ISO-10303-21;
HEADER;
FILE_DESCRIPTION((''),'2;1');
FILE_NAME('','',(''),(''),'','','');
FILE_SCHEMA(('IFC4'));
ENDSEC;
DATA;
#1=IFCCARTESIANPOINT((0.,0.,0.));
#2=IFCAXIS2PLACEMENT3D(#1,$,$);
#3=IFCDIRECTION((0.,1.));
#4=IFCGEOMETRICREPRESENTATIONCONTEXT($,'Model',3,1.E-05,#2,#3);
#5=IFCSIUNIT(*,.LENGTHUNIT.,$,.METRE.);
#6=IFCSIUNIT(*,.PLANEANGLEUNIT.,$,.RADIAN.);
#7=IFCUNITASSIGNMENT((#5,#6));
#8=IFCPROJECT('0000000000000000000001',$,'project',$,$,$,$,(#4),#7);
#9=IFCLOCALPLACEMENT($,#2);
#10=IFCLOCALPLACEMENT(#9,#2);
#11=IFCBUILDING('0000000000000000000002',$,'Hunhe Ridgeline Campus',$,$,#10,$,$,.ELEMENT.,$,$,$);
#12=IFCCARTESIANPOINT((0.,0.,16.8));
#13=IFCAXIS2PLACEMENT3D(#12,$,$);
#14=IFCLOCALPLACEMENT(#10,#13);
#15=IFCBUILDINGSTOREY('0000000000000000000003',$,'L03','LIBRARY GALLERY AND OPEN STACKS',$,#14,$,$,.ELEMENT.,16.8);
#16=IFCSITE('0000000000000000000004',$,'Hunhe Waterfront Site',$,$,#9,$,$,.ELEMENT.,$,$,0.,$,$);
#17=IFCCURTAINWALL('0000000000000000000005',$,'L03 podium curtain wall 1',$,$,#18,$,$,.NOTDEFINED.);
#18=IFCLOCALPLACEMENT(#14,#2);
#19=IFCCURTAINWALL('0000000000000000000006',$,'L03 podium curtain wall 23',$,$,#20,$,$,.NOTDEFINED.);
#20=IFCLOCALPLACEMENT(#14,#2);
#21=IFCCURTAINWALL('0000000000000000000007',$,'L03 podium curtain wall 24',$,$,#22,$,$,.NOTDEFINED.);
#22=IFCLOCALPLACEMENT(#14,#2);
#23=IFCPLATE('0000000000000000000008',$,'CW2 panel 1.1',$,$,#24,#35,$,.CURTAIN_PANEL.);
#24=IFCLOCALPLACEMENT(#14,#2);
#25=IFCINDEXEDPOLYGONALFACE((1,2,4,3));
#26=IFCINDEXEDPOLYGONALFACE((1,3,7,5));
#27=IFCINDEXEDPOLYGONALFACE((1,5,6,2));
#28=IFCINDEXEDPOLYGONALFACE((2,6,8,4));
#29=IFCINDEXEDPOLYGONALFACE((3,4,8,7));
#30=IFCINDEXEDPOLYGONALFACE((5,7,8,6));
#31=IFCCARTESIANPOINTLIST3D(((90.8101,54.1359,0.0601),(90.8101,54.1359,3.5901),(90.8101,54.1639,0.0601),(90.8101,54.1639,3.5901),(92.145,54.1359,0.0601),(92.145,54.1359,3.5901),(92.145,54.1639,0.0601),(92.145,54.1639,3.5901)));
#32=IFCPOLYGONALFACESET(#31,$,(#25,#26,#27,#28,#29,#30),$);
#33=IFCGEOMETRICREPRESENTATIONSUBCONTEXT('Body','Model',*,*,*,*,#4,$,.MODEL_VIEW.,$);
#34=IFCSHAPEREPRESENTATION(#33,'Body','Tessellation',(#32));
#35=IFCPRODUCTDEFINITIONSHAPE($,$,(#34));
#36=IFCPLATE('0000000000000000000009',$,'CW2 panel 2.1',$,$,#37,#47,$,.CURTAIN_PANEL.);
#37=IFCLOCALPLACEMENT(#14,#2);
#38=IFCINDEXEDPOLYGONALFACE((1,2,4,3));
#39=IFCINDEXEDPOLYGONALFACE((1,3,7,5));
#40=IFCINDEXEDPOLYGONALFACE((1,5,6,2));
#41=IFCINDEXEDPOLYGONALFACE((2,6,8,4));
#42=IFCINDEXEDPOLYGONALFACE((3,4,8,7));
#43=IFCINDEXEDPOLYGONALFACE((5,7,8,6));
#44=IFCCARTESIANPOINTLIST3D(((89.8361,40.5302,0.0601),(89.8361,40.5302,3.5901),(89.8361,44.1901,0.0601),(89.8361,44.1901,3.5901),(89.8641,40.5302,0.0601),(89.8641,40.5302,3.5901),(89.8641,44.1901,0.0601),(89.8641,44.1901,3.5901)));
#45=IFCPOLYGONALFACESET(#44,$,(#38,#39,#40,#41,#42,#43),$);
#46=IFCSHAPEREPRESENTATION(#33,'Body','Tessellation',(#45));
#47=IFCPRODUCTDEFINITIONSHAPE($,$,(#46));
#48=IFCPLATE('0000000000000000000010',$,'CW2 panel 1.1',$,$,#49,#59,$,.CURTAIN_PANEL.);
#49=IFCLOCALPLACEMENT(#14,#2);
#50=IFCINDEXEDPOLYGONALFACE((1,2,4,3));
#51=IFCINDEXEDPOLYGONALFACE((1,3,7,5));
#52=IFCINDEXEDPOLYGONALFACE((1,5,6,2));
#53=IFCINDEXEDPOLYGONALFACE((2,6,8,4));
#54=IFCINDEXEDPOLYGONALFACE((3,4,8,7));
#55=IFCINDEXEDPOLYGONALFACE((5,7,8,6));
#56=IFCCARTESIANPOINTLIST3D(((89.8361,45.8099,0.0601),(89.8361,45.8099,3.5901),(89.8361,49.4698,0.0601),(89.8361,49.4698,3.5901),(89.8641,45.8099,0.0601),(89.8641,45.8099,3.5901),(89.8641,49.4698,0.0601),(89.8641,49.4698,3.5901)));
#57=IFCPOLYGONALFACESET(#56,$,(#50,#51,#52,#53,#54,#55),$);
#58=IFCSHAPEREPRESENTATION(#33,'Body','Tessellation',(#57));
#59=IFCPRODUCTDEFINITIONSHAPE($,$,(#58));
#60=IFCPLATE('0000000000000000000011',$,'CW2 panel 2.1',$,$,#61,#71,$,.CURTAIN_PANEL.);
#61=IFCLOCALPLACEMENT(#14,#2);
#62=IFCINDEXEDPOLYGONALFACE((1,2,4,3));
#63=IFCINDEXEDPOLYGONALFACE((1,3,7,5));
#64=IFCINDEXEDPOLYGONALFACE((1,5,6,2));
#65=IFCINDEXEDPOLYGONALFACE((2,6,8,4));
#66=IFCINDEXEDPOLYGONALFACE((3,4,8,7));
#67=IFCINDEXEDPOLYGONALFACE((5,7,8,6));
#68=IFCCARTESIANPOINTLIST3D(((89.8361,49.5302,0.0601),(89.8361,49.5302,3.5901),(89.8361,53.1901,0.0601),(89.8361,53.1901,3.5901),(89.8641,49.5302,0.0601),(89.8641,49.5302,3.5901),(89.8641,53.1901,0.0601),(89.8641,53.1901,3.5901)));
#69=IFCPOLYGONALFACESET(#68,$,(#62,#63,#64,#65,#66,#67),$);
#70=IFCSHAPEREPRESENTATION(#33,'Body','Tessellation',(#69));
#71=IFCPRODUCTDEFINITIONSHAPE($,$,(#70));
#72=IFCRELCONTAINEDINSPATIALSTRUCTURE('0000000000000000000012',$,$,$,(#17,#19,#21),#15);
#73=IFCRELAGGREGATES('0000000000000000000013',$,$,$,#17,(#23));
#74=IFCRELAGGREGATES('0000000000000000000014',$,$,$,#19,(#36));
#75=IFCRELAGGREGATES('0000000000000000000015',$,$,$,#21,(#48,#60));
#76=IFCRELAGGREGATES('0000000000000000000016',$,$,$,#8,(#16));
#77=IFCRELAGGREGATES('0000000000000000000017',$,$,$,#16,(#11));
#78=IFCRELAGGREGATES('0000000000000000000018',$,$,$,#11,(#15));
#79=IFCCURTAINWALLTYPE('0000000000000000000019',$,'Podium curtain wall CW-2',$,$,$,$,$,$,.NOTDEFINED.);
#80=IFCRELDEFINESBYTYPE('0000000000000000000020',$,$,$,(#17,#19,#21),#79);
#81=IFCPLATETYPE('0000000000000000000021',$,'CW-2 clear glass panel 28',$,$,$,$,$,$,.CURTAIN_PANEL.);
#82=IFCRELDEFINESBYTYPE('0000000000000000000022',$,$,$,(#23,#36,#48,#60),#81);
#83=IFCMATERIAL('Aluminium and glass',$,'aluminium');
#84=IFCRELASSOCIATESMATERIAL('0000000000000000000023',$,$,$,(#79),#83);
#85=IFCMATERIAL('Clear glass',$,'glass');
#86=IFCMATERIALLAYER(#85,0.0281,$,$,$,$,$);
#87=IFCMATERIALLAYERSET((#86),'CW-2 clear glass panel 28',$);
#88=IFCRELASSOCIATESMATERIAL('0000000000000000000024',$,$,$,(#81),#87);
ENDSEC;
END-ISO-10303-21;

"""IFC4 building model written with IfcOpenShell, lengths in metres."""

from ifc_helpers import new_model, si_unit, direction, frame, origin, origin_2d, place, context, subcontext, project, spatial, rectangle, extrude, material, layer, layer_set, type_object, element, aggregate, save


model = new_model("IFC4")

# Units and contexts
model_context = context("Model", 3, precision=1e-05, world=origin(), true_north=direction((0.0, 1.0)))
body_context = subcontext(model_context, "Body", "Model", "MODEL_VIEW")
ifc_project = project(units=[si_unit("LENGTHUNIT", "METRE"), si_unit("PLANEANGLEUNIT", "RADIAN")], contexts=[model_context])

# Site, building, storey
site_placement = place(None, origin())
site = spatial("IfcSite", under=ifc_project, at=site_placement, Name="Hunhe Waterfront Site", CompositionType="ELEMENT", RefElevation=0.0)
building_placement = place(site_placement, origin())
building = spatial("IfcBuilding", under=site, at=building_placement, Name="Hunhe Ridgeline Campus", CompositionType="ELEMENT")
storey_placement = place(building_placement, frame((0.0, 0.0, 16.8)))
storey = spatial("IfcBuildingStorey", under=building, at=storey_placement, Name="L03", Description="LIBRARY GALLERY AND OPEN STACKS", CompositionType="ELEMENT", Elevation=16.8)

# Curtain wall
ifc_material_1 = material(Name="Aluminium and glass", Category="aluminium")
curtain_wall_type = type_object("IfcCurtainWallType", Name="Podium curtain wall CW-2", PredefinedType="NOTDEFINED", material=ifc_material_1)
curtain_wall_1_placement = place(storey_placement, origin())
curtain_wall_1 = element("IfcCurtainWall", 1, at=curtain_wall_1_placement, inside=storey, type_object=curtain_wall_type, Name="L03 podium curtain wall 1", PredefinedType="NOTDEFINED")

# Curtain wall
curtain_wall_2_placement = place(storey_placement, origin())
curtain_wall_2 = element("IfcCurtainWall", 2, at=curtain_wall_2_placement, inside=storey, type_object=curtain_wall_type, Name="L03 podium curtain wall 23", PredefinedType="NOTDEFINED")

# Curtain wall
curtain_wall_3_placement = place(storey_placement, origin())
curtain_wall_3 = element("IfcCurtainWall", 3, at=curtain_wall_3_placement, inside=storey, type_object=curtain_wall_type, Name="L03 podium curtain wall 24", PredefinedType="NOTDEFINED")

# Plates
ifc_material_2 = material(Name="Clear glass", Category="glass")
ifc_layer = layer(ifc_material_2, 0.0281)
ifc_layer_set = layer_set([ifc_layer], Name="CW-2 clear glass panel 28")
plate_type = type_object("IfcPlateType", Name="CW-2 clear glass panel 28", PredefinedType="CURTAIN_PANEL", material=ifc_layer_set)
plate_1_placement = place(storey_placement, frame((91.4775, 54.1499, 0.0601), z_axis=(0.0, 0.0, 1.0), x_axis=(1.0, 0.0, 0.0)))
plate_1 = element("IfcPlate", 4, at=plate_1_placement, type_object=plate_type, Name="CW2 panel 1.1", PredefinedType="CURTAIN_PANEL", context=body_context, shape_type="SweptSolid", body=[
    extrude(rectangle(XDim=1.335, YDim=0.0281, at=origin_2d()), origin(), (0.0, 0.0, 1.0), 3.53),
])
aggregate(curtain_wall_1, [plate_1])
plate_2_placement = place(storey_placement, frame((89.8501, 42.3601, 0.0601), z_axis=(0.0, 0.0, 1.0), x_axis=(0.0, 1.0, 0.0)))
plate_2 = element("IfcPlate", 5, at=plate_2_placement, type_object=plate_type, Name="CW2 panel 2.1", PredefinedType="CURTAIN_PANEL", context=body_context, shape_type="SweptSolid", body=[
    extrude(rectangle(XDim=3.6599, YDim=0.0281, at=origin_2d()), origin(), (0.0, 0.0, 1.0), 3.53),
])
aggregate(curtain_wall_2, [plate_2])
plate_3_placement = place(storey_placement, frame((89.8501, 47.6399, 0.0601), z_axis=(0.0, 0.0, 1.0), x_axis=(0.0, 1.0, 0.0)))
plate_3 = element("IfcPlate", 6, at=plate_3_placement, type_object=plate_type, Name="CW2 panel 1.1", PredefinedType="CURTAIN_PANEL", context=body_context, shape_type="SweptSolid", body=[
    extrude(rectangle(XDim=3.6599, YDim=0.0281, at=origin_2d()), origin(), (0.0, 0.0, 1.0), 3.53),
])
plate_4_placement = place(storey_placement, frame((89.8501, 51.3601, 0.0601), z_axis=(0.0, 0.0, 1.0), x_axis=(0.0, 1.0, 0.0)))
plate_4 = element("IfcPlate", 7, at=plate_4_placement, type_object=plate_type, Name="CW2 panel 2.1", PredefinedType="CURTAIN_PANEL", context=body_context, shape_type="SweptSolid", body=[
    extrude(rectangle(XDim=3.6599, YDim=0.0281, at=origin_2d()), origin(), (0.0, 0.0, 1.0), 3.53),
])
aggregate(curtain_wall_3, [plate_3, plate_4])

save(model, "model.ifc")
